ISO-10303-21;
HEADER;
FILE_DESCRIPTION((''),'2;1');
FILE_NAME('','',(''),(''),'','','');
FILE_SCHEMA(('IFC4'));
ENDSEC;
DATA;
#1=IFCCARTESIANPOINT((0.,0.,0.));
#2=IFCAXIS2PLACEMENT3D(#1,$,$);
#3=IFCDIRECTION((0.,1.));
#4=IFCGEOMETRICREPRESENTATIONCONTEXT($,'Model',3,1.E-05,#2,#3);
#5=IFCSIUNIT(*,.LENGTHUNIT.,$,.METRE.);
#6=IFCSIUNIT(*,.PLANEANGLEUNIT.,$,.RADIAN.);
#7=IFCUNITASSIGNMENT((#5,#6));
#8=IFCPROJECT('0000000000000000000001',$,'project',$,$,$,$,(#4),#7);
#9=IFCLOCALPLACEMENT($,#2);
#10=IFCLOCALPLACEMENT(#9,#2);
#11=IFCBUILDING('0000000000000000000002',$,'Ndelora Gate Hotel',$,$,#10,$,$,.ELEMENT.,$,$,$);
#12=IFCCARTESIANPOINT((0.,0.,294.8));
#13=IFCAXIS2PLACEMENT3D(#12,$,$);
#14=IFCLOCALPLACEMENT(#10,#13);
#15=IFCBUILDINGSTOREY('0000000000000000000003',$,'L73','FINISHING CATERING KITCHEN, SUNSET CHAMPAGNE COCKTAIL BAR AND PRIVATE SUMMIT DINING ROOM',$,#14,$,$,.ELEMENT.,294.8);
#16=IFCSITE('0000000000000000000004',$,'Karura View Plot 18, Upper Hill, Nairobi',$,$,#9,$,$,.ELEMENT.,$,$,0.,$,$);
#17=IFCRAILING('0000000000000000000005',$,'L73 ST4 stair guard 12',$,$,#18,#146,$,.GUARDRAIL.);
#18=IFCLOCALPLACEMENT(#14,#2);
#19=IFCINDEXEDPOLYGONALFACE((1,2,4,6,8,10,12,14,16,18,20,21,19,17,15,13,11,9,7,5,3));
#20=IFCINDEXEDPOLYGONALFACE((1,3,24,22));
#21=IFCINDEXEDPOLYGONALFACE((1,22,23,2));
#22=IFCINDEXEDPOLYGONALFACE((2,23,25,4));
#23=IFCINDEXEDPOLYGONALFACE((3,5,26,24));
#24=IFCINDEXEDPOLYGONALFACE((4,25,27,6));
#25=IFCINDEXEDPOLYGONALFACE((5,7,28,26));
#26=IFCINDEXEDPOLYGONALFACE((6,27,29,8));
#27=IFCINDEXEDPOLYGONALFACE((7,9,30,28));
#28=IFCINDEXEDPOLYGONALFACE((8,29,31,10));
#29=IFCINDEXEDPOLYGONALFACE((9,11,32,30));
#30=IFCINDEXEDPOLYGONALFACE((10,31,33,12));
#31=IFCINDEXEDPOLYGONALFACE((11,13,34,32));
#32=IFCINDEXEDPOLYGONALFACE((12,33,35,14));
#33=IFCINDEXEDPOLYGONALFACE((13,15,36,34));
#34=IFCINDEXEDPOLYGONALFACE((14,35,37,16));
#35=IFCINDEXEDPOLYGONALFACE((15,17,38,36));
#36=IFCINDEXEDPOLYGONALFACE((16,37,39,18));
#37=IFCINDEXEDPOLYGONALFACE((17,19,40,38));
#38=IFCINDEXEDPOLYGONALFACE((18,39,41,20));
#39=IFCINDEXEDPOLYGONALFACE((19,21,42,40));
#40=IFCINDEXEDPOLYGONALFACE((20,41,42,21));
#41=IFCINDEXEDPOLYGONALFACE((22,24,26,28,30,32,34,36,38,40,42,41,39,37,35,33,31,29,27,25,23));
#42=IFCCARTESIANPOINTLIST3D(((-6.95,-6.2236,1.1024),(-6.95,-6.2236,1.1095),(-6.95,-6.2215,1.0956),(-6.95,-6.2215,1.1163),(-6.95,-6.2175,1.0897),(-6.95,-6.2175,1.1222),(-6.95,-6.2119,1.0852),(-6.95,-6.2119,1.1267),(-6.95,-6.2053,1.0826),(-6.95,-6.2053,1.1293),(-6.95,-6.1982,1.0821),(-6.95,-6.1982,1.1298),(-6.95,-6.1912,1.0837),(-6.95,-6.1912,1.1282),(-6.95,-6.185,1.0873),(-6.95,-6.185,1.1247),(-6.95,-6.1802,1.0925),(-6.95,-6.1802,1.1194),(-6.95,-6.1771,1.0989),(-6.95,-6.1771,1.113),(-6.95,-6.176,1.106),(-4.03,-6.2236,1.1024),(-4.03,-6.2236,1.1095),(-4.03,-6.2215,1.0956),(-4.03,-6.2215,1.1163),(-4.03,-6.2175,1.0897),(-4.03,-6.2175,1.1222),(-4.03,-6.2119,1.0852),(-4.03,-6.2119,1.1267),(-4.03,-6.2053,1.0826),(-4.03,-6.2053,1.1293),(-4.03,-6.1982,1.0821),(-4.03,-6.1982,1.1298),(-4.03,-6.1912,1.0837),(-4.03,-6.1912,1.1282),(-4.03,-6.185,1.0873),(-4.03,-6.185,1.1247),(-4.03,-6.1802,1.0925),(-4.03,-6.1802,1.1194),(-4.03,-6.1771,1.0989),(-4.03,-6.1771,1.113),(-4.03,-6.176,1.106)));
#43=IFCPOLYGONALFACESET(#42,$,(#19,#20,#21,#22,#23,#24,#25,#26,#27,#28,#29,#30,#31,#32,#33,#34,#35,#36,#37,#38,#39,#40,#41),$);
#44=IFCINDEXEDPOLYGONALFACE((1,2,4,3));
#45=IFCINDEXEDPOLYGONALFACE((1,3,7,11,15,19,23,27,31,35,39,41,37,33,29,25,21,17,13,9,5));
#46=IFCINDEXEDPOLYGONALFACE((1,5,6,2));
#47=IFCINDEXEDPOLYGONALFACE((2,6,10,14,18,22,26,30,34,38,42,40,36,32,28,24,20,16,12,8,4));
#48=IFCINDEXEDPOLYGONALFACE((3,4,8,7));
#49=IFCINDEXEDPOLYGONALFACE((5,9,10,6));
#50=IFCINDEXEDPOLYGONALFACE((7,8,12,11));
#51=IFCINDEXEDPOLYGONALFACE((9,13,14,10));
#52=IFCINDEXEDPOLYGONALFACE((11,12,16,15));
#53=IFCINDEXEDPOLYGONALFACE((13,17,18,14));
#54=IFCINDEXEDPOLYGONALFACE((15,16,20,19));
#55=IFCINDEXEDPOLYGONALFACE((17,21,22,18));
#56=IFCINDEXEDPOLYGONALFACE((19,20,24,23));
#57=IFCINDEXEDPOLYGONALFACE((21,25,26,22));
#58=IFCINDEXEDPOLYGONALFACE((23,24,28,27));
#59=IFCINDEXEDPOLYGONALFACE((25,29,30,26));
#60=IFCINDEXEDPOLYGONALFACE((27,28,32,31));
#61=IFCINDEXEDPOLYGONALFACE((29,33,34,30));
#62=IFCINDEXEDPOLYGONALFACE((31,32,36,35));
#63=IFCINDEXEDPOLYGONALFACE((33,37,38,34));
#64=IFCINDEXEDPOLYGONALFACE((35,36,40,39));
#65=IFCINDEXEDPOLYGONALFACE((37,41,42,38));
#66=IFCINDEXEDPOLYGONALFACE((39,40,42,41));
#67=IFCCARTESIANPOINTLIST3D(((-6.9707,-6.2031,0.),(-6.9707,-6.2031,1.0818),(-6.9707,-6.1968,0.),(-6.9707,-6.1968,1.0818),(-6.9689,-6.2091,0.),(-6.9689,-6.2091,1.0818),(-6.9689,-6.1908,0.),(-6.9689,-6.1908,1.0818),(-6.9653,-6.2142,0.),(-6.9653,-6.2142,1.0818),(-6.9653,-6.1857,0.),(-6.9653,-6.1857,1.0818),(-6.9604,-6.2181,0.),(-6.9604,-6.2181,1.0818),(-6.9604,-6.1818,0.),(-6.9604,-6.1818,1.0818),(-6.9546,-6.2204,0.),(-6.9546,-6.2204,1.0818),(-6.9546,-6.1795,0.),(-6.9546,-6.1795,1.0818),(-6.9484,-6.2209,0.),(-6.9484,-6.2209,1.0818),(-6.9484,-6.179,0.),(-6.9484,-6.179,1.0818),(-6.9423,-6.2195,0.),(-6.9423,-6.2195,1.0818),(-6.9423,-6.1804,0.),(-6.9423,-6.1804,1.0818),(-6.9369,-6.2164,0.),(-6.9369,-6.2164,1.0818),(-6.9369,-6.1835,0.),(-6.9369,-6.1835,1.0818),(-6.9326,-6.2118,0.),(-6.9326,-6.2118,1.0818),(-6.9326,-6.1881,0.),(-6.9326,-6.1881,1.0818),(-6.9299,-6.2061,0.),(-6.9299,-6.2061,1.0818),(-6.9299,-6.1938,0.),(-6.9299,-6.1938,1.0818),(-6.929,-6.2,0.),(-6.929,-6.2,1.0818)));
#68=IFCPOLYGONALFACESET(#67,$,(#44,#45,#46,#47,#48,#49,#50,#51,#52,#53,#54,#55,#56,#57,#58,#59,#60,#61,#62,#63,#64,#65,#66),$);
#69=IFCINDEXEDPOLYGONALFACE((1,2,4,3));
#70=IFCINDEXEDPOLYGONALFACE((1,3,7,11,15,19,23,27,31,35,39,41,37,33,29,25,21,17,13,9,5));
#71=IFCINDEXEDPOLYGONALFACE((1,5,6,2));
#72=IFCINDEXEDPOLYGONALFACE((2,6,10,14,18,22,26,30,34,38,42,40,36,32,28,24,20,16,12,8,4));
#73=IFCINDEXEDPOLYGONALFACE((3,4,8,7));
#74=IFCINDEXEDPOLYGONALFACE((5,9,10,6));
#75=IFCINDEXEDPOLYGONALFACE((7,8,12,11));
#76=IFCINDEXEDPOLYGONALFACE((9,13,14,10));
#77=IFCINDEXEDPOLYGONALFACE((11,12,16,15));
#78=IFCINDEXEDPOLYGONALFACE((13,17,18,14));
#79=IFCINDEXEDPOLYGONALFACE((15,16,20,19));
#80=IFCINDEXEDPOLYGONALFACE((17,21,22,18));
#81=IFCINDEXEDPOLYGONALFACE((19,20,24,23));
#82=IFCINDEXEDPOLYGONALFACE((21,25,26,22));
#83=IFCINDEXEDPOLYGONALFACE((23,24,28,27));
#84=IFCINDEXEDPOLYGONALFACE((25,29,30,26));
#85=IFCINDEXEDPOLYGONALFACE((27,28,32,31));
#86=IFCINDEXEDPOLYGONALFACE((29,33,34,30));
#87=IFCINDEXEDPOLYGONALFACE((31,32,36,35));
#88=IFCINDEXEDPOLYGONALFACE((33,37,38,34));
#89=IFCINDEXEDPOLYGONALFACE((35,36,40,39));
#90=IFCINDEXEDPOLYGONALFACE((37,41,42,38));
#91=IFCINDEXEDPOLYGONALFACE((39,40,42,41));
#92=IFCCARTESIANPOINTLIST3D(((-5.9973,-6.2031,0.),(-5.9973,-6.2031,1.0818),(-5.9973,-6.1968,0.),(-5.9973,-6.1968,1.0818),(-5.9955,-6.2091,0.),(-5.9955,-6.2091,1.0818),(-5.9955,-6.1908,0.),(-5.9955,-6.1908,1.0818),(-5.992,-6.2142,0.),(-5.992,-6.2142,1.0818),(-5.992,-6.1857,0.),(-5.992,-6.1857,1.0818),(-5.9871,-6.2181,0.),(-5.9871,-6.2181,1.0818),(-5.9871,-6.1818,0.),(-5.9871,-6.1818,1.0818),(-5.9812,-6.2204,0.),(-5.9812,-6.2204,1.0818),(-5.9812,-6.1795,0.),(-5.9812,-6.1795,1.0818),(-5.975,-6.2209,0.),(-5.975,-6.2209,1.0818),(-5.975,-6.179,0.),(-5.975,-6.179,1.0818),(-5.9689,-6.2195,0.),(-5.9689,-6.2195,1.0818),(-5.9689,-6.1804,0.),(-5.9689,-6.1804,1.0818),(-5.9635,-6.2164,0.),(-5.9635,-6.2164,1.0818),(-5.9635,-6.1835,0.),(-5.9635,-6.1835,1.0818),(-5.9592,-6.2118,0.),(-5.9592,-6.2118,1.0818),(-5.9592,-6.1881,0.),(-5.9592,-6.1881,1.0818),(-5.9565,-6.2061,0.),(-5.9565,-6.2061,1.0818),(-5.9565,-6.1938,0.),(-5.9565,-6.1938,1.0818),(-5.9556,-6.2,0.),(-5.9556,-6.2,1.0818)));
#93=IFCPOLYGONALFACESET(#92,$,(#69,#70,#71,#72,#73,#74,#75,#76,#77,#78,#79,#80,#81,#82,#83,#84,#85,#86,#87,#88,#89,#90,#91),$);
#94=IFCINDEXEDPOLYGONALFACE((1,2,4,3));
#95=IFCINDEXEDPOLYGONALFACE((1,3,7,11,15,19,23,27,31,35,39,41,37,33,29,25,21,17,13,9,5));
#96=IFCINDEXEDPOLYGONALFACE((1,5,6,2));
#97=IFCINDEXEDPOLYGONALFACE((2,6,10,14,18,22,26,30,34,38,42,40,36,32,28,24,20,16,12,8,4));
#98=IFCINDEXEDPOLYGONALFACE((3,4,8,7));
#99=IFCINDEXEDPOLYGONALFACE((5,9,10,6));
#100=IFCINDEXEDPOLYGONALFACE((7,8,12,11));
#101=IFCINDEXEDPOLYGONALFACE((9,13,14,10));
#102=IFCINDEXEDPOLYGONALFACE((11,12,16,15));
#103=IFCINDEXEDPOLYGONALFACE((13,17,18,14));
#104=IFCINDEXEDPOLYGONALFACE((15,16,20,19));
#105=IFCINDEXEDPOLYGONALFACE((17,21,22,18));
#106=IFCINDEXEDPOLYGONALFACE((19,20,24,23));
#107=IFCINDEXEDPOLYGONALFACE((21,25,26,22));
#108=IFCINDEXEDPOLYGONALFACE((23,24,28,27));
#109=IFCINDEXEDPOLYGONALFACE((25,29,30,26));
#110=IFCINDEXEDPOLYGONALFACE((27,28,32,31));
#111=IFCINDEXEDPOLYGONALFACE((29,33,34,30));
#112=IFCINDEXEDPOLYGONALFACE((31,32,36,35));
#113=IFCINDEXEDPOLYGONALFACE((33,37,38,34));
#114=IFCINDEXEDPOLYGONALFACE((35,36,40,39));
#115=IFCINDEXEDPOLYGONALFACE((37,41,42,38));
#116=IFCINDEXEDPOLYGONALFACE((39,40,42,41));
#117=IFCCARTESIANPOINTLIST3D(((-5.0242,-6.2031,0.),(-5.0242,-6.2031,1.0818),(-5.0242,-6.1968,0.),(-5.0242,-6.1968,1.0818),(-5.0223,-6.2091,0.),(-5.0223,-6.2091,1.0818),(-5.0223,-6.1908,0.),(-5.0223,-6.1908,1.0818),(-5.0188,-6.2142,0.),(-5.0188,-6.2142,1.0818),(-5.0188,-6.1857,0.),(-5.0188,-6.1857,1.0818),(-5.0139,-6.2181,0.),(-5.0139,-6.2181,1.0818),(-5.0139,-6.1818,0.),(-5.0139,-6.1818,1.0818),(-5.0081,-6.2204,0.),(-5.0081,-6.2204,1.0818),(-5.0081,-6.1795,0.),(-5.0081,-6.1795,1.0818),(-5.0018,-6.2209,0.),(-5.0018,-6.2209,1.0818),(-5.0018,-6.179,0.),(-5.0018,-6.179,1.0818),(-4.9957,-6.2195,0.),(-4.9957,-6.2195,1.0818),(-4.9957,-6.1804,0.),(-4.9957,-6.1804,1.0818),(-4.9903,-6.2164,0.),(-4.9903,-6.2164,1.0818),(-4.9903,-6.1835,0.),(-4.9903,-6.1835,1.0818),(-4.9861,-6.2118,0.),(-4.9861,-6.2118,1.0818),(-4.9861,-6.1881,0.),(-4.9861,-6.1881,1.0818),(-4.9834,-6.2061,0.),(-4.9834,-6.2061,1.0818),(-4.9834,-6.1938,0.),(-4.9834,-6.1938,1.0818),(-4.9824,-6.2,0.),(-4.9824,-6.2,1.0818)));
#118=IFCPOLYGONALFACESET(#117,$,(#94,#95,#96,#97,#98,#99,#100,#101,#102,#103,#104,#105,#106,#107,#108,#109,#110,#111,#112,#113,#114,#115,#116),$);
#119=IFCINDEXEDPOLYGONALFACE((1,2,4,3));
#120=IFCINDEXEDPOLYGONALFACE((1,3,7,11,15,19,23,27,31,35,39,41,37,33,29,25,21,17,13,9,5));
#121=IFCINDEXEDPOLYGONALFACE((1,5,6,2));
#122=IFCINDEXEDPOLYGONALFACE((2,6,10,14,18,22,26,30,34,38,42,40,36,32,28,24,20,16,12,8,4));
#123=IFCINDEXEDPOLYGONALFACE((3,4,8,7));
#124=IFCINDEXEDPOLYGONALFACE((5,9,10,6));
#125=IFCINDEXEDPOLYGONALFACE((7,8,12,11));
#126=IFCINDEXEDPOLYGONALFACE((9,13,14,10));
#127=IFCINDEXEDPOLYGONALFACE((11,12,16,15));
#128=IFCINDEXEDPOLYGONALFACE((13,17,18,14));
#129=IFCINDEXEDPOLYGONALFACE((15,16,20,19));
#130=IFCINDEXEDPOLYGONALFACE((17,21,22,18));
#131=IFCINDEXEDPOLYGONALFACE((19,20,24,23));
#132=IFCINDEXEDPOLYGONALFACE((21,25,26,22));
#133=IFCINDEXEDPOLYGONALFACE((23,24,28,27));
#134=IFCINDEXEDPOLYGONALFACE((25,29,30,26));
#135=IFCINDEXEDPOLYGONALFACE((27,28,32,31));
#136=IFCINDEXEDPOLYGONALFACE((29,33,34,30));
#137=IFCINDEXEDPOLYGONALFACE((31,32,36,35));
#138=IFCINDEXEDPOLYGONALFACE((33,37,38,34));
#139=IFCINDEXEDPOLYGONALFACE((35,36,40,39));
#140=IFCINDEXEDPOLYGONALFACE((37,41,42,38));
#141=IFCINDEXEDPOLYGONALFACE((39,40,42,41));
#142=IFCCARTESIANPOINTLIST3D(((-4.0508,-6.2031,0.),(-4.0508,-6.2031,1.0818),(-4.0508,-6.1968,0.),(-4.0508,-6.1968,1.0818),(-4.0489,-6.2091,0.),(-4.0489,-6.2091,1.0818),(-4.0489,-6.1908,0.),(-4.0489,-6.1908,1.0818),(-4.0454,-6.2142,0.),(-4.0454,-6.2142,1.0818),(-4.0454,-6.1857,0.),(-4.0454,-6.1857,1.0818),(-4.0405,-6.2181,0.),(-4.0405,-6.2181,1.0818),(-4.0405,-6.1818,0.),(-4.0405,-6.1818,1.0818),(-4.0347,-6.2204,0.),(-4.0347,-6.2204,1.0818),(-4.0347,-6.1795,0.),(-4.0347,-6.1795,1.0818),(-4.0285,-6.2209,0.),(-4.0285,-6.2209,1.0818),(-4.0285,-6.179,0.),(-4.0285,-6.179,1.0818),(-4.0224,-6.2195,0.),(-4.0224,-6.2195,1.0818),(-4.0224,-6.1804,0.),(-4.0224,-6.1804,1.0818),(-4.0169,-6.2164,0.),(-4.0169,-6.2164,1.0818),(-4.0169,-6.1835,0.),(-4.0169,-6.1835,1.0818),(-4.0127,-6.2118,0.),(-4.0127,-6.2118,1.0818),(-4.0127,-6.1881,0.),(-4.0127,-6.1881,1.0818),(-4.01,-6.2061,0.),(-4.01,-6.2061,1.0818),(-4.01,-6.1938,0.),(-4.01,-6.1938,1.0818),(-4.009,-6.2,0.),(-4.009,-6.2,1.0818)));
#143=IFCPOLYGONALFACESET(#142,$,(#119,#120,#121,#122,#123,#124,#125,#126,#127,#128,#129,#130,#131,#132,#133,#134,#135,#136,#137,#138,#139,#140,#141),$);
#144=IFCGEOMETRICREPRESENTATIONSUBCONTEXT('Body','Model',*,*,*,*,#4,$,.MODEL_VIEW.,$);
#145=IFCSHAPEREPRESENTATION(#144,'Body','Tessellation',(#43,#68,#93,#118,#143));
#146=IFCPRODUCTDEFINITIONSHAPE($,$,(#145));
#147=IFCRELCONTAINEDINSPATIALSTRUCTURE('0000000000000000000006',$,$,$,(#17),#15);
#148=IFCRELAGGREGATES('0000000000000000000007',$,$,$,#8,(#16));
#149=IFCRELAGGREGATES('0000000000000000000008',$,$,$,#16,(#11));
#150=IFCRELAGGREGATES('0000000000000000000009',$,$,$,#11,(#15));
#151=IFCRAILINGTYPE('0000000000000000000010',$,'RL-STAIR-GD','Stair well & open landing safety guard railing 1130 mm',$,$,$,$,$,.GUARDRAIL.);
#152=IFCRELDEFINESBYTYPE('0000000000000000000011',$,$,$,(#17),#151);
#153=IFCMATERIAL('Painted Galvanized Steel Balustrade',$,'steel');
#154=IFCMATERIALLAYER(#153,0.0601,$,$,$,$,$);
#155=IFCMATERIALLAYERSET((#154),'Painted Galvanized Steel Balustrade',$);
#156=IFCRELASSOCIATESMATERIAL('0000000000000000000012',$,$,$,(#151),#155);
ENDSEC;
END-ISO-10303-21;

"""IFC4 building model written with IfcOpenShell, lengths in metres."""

from ifc_helpers import new_model, si_unit, direction, frame, origin, origin_2d, place, context, subcontext, project, spatial, circle, extrude, material, layer, layer_set, type_object, element, save


model = new_model("IFC4")

# Units and contexts
model_context = context("Model", 3, precision=1e-05, world=origin(), true_north=direction((0.0, 1.0)))
body_context = subcontext(model_context, "Body", "Model", "MODEL_VIEW")
ifc_project = project(units=[si_unit("LENGTHUNIT", "METRE"), si_unit("PLANEANGLEUNIT", "RADIAN")], contexts=[model_context])

# Site, building, storey
site_placement = place(None, origin())
site = spatial("IfcSite", under=ifc_project, at=site_placement, Name="Karura View Plot 18, Upper Hill, Nairobi", CompositionType="ELEMENT", RefElevation=0.0)
building_placement = place(site_placement, origin())
building = spatial("IfcBuilding", under=site, at=building_placement, Name="Ndelora Gate Hotel", CompositionType="ELEMENT")
storey_placement = place(building_placement, frame((0.0, 0.0, 294.8)))
storey = spatial("IfcBuildingStorey", under=building, at=storey_placement, Name="L73", Description="FINISHING CATERING KITCHEN, SUNSET CHAMPAGNE COCKTAIL BAR AND PRIVATE SUMMIT DINING ROOM", CompositionType="ELEMENT", Elevation=294.8)

# Railing
ifc_material_1 = material(Name="Painted Galvanized Steel Balustrade", Category="steel")
ifc_layer_1 = layer(ifc_material_1, 0.0601)
ifc_layer_set_1 = layer_set([ifc_layer_1], Name="Painted Galvanized Steel Balustrade")
railing_type_1 = type_object("IfcRailingType", Name="RL-STAIR-GD", Description="Stair well & open landing safety guard railing 1130 mm", PredefinedType="GUARDRAIL", material=ifc_layer_set_1)
railing_1_placement = place(storey_placement, frame((-6.95, -6.2, 0.0)))
element("IfcRailing", 1, at=railing_1_placement, inside=storey, type_object=railing_type_1, Name="L73 ST4 stair guard 12", PredefinedType="GUARDRAIL", context=body_context, shape_type="SweptSolid", body=[
    extrude(circle(Radius=0.0239, at=origin_2d()), frame((0.0, 0.0, 1.106), z_axis=(1.0, 0.0, 0.0), x_axis=(0.0, 1.0, 0.0)), (0.0, 0.0, 1.0), 2.9199),
    extrude(circle(Radius=0.021, at=origin_2d()), origin(), (0.0, 0.0, 1.0), 1.0818),
    extrude(circle(Radius=0.021, at=origin_2d()), frame((0.9734, 0.0, 0.0)), (0.0, 0.0, 1.0), 1.0818),
    extrude(circle(Radius=0.021, at=origin_2d()), frame((1.9465, 0.0, 0.0)), (0.0, 0.0, 1.0), 1.0818),
    extrude(circle(Radius=0.021, at=origin_2d()), frame((2.9199, 0.0, 0.0)), (0.0, 0.0, 1.0), 1.0818),
])

save(model, "model.ifc")
